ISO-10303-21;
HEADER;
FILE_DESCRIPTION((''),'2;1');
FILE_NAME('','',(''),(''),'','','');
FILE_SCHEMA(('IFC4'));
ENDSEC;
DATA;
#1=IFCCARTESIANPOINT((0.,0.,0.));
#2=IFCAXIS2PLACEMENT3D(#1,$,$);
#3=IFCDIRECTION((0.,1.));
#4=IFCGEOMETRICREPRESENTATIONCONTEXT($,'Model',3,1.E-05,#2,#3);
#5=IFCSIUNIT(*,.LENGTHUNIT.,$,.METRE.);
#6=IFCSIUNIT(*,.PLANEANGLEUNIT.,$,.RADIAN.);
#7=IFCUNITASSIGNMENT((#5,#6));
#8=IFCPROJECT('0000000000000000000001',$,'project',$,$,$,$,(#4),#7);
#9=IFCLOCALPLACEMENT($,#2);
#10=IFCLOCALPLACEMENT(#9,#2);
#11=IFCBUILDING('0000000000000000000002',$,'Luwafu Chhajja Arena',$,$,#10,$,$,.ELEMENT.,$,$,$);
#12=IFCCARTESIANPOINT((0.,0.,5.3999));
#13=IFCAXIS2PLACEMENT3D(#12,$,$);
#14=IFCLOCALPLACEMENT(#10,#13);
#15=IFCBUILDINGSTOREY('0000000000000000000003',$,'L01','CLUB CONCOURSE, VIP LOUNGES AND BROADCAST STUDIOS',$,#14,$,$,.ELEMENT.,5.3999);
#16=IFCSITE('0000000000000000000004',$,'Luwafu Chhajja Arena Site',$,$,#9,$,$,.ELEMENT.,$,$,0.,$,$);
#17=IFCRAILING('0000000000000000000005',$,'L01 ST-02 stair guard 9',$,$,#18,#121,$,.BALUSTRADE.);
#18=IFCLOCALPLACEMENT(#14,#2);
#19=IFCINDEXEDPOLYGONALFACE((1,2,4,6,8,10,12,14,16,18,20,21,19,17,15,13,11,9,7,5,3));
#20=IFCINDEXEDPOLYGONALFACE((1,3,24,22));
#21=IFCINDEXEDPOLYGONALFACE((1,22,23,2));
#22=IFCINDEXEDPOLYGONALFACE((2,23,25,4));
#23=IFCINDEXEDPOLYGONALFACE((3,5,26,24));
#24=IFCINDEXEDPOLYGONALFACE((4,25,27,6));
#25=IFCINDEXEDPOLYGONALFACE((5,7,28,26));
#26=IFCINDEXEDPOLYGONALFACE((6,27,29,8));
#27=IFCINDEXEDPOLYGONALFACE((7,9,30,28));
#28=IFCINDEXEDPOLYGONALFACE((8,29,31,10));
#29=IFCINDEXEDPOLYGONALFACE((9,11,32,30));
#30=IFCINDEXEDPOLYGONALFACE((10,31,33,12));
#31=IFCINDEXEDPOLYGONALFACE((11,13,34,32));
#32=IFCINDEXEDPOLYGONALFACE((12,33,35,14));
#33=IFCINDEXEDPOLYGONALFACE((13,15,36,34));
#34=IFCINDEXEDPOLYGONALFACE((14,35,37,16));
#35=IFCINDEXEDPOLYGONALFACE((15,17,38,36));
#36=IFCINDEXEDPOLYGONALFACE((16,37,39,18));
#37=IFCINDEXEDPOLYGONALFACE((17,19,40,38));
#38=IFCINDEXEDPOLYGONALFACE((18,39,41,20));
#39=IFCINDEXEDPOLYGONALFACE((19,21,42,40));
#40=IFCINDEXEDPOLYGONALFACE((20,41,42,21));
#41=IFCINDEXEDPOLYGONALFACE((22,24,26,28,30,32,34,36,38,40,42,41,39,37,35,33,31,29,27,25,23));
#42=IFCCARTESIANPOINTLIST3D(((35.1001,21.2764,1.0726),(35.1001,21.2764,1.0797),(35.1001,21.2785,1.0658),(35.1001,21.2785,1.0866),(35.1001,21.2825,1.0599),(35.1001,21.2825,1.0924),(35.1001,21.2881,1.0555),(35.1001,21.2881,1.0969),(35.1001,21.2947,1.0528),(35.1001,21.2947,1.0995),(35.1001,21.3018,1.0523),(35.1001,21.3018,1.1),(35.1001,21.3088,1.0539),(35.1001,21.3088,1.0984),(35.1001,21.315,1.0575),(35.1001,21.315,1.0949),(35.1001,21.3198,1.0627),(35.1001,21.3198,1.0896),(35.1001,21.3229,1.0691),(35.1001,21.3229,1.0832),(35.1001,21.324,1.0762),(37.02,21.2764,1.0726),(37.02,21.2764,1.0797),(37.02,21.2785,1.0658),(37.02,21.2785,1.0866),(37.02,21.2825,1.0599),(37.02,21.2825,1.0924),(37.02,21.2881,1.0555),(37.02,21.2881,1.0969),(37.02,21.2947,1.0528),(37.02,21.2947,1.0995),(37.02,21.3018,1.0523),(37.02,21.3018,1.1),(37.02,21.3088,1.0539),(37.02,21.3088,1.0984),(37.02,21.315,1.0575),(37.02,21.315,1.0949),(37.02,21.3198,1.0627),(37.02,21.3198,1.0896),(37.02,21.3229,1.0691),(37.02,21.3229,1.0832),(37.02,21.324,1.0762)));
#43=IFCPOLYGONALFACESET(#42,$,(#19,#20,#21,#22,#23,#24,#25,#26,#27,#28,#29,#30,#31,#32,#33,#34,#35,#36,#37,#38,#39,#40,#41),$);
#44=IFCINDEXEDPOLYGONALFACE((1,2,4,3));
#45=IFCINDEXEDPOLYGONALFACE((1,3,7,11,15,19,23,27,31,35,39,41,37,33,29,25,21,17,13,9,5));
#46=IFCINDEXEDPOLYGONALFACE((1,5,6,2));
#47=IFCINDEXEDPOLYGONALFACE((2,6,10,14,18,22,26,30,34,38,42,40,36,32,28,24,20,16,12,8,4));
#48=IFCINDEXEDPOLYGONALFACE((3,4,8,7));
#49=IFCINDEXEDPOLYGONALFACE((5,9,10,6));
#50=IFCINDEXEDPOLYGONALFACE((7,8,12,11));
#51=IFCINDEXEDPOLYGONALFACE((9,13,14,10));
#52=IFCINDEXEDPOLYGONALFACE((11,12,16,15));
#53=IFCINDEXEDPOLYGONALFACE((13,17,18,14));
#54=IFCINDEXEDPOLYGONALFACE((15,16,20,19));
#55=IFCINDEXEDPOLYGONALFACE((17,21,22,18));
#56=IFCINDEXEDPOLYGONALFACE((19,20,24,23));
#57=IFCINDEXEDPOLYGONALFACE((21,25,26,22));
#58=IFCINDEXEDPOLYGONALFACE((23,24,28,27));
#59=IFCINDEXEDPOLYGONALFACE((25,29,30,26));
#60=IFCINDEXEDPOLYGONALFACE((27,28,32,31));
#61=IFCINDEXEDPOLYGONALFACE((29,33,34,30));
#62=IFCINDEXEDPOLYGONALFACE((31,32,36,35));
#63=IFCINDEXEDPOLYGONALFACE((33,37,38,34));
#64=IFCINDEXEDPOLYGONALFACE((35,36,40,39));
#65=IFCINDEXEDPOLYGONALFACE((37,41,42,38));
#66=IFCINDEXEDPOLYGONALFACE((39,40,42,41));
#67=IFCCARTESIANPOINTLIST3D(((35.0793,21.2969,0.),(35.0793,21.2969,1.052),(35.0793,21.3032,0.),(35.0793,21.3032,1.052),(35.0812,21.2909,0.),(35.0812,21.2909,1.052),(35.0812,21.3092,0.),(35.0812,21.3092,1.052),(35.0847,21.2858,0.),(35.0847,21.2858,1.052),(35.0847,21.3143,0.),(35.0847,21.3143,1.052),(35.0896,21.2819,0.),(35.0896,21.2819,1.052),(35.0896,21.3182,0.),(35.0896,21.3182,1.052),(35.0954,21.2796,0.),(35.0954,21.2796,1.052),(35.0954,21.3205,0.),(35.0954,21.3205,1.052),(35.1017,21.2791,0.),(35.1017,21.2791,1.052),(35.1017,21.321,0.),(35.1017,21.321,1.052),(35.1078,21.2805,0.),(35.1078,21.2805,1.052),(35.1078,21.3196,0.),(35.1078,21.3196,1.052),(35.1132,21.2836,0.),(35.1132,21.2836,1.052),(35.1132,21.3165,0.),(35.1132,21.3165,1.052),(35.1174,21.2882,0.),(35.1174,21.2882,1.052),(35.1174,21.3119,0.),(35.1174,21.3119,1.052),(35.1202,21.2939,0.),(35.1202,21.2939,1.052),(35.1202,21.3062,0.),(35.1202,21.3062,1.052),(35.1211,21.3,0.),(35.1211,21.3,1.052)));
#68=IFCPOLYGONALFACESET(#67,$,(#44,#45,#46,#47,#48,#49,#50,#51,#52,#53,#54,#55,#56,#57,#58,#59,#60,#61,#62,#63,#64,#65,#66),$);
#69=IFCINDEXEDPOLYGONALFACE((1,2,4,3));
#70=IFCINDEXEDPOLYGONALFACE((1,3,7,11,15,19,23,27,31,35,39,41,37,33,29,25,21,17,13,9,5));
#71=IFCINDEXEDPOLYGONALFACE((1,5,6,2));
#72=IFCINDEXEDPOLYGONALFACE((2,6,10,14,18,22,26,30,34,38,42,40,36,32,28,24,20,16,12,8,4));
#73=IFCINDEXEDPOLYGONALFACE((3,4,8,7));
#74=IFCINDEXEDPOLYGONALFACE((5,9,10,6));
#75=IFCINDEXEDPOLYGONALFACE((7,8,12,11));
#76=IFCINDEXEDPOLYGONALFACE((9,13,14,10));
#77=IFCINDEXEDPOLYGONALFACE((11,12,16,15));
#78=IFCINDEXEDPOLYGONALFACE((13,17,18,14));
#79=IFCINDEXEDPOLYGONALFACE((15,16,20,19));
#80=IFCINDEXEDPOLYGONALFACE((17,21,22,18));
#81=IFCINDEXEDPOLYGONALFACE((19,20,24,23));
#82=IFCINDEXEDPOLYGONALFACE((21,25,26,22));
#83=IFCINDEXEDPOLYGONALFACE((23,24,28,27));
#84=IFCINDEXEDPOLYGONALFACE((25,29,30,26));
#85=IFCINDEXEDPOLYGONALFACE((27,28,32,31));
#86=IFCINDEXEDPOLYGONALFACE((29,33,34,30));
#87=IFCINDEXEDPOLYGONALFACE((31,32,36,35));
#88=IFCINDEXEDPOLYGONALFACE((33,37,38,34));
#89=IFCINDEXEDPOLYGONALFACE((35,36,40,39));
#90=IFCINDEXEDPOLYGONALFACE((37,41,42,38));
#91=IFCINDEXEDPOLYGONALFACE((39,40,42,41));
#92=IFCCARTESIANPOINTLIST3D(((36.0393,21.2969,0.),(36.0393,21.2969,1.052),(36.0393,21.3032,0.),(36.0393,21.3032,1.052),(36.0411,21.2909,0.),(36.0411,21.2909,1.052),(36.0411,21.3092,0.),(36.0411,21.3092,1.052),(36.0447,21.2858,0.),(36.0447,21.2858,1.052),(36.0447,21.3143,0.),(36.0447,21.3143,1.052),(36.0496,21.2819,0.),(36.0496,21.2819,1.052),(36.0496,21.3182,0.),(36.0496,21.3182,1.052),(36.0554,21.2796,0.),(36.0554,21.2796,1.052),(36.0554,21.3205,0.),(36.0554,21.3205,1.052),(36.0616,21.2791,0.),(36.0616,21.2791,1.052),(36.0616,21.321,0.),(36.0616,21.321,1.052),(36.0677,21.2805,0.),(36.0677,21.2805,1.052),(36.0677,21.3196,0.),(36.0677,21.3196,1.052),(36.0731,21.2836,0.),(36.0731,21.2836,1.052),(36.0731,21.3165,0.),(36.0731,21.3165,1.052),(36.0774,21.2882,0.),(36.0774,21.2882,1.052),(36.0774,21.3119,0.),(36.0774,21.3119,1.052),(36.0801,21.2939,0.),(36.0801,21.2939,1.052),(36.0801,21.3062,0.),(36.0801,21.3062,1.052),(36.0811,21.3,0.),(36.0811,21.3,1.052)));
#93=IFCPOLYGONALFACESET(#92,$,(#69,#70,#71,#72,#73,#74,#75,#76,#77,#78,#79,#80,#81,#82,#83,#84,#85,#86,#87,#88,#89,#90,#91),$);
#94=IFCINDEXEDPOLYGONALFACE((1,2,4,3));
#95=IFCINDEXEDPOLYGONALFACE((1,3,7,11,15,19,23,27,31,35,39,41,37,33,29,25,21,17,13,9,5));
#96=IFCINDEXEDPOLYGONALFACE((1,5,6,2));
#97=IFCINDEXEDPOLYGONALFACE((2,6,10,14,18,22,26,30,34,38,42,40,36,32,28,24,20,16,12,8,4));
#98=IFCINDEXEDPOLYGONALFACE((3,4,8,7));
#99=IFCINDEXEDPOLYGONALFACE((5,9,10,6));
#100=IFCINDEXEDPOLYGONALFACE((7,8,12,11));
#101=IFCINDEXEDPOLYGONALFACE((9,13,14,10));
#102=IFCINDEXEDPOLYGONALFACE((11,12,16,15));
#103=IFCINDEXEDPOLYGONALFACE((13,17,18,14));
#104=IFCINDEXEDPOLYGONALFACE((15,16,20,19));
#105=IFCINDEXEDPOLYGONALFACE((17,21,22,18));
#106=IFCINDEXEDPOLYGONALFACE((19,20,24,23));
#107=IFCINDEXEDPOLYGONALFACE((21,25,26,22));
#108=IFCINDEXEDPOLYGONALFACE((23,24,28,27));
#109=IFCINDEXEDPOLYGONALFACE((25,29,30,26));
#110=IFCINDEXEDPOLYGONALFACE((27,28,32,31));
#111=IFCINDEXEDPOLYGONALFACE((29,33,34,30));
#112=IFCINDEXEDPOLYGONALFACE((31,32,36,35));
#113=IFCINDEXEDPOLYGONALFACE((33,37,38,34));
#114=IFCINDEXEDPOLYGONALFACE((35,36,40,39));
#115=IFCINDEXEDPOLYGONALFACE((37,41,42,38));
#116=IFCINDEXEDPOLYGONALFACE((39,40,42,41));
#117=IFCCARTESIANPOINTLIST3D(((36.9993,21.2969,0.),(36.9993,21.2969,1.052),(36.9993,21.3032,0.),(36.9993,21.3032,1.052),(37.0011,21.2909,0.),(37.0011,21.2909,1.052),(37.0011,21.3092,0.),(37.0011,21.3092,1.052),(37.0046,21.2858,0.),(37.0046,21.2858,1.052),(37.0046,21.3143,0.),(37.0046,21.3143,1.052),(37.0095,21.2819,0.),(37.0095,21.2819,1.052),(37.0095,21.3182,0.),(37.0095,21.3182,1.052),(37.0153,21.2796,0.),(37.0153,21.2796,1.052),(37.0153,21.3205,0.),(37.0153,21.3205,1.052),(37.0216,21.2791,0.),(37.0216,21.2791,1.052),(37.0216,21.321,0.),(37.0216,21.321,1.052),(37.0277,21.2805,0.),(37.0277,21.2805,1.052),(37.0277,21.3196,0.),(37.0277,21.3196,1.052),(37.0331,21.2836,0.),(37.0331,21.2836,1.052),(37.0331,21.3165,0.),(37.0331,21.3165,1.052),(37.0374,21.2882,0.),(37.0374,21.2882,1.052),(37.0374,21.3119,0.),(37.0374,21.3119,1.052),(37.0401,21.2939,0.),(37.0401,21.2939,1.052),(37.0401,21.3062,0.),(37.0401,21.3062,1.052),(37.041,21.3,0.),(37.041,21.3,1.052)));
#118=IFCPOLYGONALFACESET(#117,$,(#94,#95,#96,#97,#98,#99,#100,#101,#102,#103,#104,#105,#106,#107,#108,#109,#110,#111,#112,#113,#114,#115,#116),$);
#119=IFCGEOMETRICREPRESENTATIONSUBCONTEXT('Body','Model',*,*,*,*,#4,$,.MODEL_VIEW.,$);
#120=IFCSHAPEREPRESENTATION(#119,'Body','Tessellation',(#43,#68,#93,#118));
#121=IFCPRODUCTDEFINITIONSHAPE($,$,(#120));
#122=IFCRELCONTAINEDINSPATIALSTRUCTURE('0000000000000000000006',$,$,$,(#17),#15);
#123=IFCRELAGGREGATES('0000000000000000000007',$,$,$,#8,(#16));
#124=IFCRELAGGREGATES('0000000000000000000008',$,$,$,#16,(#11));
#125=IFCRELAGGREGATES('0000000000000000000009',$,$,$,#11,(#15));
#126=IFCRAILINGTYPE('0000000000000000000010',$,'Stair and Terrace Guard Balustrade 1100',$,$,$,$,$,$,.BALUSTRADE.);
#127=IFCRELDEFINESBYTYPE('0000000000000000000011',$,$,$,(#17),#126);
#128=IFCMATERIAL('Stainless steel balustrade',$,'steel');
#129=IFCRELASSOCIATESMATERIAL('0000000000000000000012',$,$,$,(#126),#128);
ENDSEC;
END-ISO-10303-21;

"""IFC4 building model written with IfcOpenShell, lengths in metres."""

from ifc_helpers import new_model, si_unit, direction, frame, origin, origin_2d, place, context, subcontext, project, spatial, circle, extrude, material, type_object, element, save


model = new_model("IFC4")

# Units and contexts
model_context = context("Model", 3, precision=1e-05, world=origin(), true_north=direction((0.0, 1.0)))
body_context = subcontext(model_context, "Body", "Model", "MODEL_VIEW")
ifc_project = project(units=[si_unit("LENGTHUNIT", "METRE"), si_unit("PLANEANGLEUNIT", "RADIAN")], contexts=[model_context])

# Site, building, storey
site_placement = place(None, origin())
site = spatial("IfcSite", under=ifc_project, at=site_placement, Name="Luwafu Chhajja Arena Site", CompositionType="ELEMENT", RefElevation=0.0)
building_placement = place(site_placement, origin())
building = spatial("IfcBuilding", under=site, at=building_placement, Name="Luwafu Chhajja Arena", CompositionType="ELEMENT")
storey_placement = place(building_placement, frame((0.0, 0.0, 5.3999)))
storey = spatial("IfcBuildingStorey", under=building, at=storey_placement, Name="L01", Description="CLUB CONCOURSE, VIP LOUNGES AND BROADCAST STUDIOS", CompositionType="ELEMENT", Elevation=5.3999)

# Railing
ifc_material_1 = material(Name="Stainless steel balustrade", Category="steel")
railing_type_1 = type_object("IfcRailingType", Name="Stair and Terrace Guard Balustrade 1100", PredefinedType="BALUSTRADE", material=ifc_material_1)
for number, where, name in (
    (1, (35.1001, 21.3, 0.0), "L01 ST-02 stair guard 9"),
):
    element("IfcRailing", number, at=place(storey_placement, frame(where)), inside=storey, type_object=railing_type_1, Name=name, PredefinedType="BALUSTRADE", context=body_context, shape_type="SweptSolid", body=[
        extrude(circle(Radius=0.0239, at=origin_2d()), frame((0.0, 0.0, 1.0762), z_axis=(1.0, 0.0, 0.0), x_axis=(0.0, 1.0, 0.0)), (0.0, 0.0, 1.0), 1.9199),
        extrude(circle(Radius=0.021, at=origin_2d()), origin(), (0.0, 0.0, 1.0), 1.052),
        extrude(circle(Radius=0.021, at=origin_2d()), frame((0.96, 0.0, 0.0)), (0.0, 0.0, 1.0), 1.052),
        extrude(circle(Radius=0.021, at=origin_2d()), frame((1.9199, 0.0, 0.0)), (0.0, 0.0, 1.0), 1.052),
    ])

save(model, "model.ifc")
